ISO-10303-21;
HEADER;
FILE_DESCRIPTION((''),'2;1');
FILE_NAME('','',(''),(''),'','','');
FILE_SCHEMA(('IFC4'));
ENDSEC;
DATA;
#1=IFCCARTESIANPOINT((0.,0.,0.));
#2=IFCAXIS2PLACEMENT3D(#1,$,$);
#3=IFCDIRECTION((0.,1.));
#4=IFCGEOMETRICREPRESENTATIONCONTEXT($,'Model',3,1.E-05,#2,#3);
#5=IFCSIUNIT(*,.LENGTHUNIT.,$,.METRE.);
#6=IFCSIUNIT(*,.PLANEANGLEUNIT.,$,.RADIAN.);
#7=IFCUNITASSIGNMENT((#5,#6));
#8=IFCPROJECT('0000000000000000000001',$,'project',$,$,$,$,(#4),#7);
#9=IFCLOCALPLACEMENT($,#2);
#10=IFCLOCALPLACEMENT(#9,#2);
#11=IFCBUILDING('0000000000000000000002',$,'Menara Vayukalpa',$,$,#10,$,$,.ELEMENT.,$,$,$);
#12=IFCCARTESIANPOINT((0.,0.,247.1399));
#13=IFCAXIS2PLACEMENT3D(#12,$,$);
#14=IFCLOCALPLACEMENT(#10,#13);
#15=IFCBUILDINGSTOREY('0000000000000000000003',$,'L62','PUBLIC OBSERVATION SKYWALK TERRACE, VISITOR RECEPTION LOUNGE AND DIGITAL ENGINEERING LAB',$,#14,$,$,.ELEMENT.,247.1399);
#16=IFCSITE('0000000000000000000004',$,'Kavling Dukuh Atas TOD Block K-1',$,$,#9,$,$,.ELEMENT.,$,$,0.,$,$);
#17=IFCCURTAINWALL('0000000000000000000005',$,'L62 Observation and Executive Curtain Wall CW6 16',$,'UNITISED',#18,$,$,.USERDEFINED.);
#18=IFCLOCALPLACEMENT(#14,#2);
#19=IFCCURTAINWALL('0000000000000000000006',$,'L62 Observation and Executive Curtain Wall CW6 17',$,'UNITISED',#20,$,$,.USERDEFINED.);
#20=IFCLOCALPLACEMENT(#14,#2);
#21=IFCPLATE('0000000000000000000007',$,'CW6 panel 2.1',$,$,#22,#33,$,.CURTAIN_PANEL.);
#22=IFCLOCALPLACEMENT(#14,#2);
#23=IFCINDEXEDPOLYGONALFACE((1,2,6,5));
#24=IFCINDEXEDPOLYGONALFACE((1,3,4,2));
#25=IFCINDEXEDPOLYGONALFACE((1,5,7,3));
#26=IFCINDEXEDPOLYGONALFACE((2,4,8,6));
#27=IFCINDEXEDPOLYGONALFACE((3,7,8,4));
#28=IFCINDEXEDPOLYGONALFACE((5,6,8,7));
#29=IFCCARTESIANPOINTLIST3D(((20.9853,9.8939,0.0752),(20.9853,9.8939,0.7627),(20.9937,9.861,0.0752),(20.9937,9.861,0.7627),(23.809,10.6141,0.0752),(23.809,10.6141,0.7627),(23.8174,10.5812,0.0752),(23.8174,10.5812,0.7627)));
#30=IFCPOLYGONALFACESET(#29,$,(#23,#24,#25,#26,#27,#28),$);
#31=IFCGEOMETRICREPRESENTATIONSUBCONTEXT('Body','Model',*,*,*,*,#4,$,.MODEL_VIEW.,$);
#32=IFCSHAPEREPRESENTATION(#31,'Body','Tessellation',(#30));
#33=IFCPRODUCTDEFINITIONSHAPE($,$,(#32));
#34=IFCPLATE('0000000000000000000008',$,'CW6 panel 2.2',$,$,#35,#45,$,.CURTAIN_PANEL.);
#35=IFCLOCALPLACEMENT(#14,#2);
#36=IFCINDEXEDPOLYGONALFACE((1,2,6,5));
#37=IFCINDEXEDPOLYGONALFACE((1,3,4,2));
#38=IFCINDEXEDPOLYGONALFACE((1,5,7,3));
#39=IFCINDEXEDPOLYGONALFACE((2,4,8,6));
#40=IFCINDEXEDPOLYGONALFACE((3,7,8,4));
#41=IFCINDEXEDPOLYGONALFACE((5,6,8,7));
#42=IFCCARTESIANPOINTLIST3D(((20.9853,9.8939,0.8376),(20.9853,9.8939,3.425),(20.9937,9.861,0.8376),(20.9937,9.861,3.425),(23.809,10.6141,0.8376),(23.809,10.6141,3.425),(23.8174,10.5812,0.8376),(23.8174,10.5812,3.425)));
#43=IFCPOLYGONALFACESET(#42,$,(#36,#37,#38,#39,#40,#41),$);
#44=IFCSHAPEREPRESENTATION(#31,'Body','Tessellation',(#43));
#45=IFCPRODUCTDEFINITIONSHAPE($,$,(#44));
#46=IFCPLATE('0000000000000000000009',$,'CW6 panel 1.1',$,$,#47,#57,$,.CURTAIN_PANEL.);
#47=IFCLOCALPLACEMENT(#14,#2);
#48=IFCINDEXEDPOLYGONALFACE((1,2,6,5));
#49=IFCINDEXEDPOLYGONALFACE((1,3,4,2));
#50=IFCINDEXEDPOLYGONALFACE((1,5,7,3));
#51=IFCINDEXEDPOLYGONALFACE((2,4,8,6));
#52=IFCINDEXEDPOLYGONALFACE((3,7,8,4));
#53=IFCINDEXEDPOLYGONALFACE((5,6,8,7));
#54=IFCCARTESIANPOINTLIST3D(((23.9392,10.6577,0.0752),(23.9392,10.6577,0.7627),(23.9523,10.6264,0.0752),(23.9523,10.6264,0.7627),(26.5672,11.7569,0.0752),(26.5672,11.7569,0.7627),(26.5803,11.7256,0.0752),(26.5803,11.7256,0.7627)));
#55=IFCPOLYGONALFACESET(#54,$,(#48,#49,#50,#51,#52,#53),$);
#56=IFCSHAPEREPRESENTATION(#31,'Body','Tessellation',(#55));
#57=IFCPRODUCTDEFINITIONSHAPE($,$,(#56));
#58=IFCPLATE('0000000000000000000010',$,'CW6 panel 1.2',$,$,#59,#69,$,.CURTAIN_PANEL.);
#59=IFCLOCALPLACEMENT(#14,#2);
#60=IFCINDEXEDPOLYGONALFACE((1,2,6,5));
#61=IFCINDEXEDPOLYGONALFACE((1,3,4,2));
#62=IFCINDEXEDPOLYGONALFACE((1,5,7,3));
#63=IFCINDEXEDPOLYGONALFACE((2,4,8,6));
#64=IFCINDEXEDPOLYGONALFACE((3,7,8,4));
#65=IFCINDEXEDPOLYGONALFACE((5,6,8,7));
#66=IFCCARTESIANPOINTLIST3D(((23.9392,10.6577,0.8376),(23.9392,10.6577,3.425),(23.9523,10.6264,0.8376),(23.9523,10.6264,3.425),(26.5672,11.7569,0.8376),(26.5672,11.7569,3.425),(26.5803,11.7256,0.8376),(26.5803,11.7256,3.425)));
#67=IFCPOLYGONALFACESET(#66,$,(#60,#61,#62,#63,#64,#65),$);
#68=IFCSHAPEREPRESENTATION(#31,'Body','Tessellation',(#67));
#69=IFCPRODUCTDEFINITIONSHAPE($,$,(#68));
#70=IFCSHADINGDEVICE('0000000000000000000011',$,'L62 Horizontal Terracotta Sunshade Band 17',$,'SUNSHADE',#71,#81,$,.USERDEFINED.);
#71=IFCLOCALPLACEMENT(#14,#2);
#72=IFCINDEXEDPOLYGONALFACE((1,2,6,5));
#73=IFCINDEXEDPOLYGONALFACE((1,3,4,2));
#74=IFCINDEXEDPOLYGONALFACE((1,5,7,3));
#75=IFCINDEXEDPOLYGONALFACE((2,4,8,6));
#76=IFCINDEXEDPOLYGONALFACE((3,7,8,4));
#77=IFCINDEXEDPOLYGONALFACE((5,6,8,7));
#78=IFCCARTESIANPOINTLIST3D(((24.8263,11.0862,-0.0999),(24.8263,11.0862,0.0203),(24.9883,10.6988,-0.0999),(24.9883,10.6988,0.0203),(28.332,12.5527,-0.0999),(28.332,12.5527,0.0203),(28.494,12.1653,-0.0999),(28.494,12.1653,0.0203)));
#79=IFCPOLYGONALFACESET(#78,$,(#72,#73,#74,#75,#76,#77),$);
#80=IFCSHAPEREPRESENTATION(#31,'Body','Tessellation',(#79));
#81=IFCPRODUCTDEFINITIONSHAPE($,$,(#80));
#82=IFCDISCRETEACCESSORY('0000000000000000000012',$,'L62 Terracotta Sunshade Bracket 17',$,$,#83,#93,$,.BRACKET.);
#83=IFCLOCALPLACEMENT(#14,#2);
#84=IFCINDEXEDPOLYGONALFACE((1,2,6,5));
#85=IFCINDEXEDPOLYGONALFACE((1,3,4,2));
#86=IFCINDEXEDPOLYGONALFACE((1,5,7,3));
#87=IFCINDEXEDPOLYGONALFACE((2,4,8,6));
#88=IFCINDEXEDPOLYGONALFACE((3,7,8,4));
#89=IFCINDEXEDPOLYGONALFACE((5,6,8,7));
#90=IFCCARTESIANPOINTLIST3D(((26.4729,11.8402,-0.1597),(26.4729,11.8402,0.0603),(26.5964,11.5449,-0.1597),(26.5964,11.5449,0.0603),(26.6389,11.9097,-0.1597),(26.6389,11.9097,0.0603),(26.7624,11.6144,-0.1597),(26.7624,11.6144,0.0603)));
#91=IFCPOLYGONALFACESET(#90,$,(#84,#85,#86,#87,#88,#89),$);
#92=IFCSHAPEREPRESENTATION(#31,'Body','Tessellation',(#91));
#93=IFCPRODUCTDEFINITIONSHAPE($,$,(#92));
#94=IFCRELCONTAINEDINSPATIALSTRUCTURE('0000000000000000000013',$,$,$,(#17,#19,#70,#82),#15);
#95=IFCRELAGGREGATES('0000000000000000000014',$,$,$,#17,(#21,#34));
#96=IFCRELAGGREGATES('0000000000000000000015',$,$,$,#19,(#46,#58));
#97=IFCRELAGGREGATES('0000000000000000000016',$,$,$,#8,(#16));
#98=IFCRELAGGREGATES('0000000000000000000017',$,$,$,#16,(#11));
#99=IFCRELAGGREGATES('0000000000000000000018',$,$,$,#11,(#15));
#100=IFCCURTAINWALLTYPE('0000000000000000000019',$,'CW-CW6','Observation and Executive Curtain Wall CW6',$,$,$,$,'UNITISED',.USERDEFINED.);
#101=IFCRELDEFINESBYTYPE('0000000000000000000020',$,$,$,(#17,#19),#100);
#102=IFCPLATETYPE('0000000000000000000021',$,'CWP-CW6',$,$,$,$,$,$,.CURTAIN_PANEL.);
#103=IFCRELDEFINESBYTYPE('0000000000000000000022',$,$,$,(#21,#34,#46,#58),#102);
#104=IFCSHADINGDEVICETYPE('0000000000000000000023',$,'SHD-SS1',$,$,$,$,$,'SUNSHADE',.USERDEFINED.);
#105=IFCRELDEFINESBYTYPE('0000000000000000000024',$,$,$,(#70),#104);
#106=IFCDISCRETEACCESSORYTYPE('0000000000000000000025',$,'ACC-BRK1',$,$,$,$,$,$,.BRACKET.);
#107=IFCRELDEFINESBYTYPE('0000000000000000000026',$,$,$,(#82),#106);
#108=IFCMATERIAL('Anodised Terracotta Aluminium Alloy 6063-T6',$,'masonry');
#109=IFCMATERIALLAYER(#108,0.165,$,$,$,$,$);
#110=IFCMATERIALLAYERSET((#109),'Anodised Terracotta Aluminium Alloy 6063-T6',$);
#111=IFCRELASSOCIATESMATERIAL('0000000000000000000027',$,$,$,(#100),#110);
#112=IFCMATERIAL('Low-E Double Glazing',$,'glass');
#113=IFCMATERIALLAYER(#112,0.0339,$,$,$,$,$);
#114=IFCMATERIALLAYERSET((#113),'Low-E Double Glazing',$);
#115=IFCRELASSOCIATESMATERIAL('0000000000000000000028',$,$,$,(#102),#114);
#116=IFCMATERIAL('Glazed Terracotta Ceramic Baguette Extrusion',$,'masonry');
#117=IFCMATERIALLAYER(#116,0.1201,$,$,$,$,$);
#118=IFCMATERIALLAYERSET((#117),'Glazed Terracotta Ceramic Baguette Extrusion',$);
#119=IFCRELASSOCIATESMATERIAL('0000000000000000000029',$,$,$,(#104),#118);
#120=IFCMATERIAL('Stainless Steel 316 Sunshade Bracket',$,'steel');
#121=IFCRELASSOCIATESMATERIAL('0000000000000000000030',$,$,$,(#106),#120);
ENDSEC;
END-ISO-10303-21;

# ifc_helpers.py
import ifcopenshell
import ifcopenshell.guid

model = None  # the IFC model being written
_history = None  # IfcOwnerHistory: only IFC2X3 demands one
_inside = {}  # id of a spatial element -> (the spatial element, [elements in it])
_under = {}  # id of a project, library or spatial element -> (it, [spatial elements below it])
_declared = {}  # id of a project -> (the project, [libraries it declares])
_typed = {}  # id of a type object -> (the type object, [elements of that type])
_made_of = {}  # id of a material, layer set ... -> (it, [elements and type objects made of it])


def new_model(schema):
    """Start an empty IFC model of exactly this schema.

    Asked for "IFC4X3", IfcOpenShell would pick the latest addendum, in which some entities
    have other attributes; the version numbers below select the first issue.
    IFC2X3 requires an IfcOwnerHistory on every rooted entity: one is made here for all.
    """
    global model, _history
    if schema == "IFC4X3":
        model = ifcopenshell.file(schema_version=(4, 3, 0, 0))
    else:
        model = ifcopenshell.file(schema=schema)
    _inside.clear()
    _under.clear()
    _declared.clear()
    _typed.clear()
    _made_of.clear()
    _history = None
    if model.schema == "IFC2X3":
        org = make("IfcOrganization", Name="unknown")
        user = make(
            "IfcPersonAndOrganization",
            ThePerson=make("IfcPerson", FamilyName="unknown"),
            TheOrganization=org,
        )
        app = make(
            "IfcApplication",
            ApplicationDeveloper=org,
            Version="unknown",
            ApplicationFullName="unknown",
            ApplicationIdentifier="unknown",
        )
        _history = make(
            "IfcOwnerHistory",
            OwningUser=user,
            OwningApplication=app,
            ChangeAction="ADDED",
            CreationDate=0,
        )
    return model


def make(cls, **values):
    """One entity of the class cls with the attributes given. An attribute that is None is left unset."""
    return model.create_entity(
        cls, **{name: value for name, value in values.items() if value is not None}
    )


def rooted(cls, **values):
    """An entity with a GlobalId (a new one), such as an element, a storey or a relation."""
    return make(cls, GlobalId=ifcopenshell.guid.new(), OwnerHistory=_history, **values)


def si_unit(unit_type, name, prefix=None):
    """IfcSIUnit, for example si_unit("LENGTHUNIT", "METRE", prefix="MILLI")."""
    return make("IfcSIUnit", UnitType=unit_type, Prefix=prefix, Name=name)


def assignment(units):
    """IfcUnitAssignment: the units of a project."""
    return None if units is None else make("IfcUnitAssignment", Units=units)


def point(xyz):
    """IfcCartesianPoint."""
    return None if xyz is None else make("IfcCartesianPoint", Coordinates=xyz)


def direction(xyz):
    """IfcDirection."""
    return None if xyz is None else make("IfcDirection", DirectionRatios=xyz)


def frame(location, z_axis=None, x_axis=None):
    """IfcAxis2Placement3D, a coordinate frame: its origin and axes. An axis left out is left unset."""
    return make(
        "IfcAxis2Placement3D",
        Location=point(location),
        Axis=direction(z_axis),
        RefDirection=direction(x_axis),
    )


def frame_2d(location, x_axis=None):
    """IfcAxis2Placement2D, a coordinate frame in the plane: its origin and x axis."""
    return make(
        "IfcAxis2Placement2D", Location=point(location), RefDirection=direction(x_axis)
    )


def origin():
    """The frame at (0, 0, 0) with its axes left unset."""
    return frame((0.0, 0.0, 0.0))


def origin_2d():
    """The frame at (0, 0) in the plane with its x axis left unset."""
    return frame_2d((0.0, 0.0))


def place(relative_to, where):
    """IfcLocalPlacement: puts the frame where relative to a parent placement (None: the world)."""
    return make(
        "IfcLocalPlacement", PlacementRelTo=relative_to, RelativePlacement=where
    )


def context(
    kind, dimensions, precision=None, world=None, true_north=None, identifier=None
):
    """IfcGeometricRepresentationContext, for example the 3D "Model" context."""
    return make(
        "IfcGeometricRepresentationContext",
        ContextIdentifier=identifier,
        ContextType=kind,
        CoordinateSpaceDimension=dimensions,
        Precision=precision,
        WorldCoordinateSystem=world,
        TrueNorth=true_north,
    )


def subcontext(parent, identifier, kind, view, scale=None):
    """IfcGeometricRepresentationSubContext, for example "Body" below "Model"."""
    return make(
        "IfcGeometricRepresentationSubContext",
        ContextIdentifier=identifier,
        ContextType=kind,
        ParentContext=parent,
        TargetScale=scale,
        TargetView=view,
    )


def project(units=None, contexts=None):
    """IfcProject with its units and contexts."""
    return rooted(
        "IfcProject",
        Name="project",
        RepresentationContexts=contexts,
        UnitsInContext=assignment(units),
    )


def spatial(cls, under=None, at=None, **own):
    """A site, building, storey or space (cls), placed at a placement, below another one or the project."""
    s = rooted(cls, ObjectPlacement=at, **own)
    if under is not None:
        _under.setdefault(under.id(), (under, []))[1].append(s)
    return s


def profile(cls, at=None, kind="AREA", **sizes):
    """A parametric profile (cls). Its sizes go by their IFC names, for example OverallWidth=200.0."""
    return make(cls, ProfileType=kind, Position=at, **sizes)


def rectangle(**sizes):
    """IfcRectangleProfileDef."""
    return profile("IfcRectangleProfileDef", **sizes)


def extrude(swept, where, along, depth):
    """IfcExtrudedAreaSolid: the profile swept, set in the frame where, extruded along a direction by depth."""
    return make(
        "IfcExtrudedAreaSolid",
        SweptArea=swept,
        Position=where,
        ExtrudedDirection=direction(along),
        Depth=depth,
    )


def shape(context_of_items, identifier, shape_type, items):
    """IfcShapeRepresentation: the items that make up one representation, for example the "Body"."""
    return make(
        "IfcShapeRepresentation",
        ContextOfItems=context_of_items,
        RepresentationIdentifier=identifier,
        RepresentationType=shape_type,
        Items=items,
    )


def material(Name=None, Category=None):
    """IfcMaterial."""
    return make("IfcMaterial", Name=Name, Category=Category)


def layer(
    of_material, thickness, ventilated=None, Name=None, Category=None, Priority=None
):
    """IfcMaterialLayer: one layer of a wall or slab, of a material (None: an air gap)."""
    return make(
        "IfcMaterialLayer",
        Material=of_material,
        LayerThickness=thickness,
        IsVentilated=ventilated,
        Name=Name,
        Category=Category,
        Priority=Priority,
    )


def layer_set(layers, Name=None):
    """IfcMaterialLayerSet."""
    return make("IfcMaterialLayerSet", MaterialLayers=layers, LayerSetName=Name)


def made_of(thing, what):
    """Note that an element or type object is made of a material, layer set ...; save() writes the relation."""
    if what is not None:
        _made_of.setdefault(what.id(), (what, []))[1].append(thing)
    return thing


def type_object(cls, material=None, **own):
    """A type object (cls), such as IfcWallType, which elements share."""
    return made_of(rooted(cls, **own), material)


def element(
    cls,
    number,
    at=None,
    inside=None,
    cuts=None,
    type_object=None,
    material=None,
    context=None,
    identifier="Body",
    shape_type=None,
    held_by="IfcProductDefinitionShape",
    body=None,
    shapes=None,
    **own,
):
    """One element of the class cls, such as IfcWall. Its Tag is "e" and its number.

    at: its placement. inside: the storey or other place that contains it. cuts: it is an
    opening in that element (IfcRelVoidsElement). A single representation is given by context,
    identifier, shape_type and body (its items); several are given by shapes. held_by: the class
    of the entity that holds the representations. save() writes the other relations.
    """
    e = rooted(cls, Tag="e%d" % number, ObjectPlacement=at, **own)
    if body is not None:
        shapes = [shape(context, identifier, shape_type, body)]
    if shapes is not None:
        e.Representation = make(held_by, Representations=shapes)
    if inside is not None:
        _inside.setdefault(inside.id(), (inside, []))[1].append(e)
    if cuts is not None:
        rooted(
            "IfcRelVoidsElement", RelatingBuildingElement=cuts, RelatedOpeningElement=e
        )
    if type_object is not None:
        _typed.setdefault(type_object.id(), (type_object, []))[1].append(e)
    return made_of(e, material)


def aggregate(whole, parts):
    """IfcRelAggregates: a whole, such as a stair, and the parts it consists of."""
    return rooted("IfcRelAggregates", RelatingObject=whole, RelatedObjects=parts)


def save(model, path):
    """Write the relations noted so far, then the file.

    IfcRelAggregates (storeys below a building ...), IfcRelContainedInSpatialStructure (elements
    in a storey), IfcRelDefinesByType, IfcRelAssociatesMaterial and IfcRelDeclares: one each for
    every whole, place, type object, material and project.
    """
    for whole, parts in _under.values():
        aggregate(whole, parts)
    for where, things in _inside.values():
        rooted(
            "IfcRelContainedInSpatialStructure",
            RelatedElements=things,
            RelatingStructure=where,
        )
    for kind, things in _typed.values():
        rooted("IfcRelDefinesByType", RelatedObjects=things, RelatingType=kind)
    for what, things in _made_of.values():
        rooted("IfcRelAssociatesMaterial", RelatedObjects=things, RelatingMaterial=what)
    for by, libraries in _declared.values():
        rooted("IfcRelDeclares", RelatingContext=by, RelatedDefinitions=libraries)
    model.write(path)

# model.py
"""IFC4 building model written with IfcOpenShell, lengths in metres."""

from ifc_helpers import new_model, si_unit, direction, frame, origin, origin_2d, place, context, subcontext, project, spatial, rectangle, extrude, material, layer, layer_set, type_object, element, aggregate, save


model = new_model("IFC4")

# Units and contexts
model_context = context("Model", 3, precision=1e-05, world=origin(), true_north=direction((0.0, 1.0)))
body_context = subcontext(model_context, "Body", "Model", "MODEL_VIEW")
ifc_project = project(units=[si_unit("LENGTHUNIT", "METRE"), si_unit("PLANEANGLEUNIT", "RADIAN")], contexts=[model_context])

# Site, building, storey
site_placement = place(None, origin())
site = spatial("IfcSite", under=ifc_project, at=site_placement, Name="Kavling Dukuh Atas TOD Block K-1", CompositionType="ELEMENT", RefElevation=0.0)
building_placement = place(site_placement, origin())
building = spatial("IfcBuilding", under=site, at=building_placement, Name="Menara Vayukalpa", CompositionType="ELEMENT")
storey_placement = place(building_placement, frame((0.0, 0.0, 247.1399)))
storey = spatial("IfcBuildingStorey", under=building, at=storey_placement, Name="L62", Description="PUBLIC OBSERVATION SKYWALK TERRACE, VISITOR RECEPTION LOUNGE AND DIGITAL ENGINEERING LAB", CompositionType="ELEMENT", Elevation=247.1399)

# Curtain wall
ifc_material_1 = material(Name="Anodised Terracotta Aluminium Alloy 6063-T6", Category="masonry")
ifc_layer_1 = layer(ifc_material_1, 0.165)
ifc_layer_set_1 = layer_set([ifc_layer_1], Name="Anodised Terracotta Aluminium Alloy 6063-T6")
curtain_wall_type = type_object("IfcCurtainWallType", Name="CW-CW6", Description="Observation and Executive Curtain Wall CW6", ElementType="UNITISED", PredefinedType="USERDEFINED", material=ifc_layer_set_1)
curtain_wall_1_placement = place(storey_placement, origin())
curtain_wall_1 = element("IfcCurtainWall", 1, at=curtain_wall_1_placement, inside=storey, type_object=curtain_wall_type, Name="L62 Observation and Executive Curtain Wall CW6 16", ObjectType="UNITISED", PredefinedType="USERDEFINED")

# Curtain wall
curtain_wall_2_placement = place(storey_placement, origin())
curtain_wall_2 = element("IfcCurtainWall", 2, at=curtain_wall_2_placement, inside=storey, type_object=curtain_wall_type, Name="L62 Observation and Executive Curtain Wall CW6 17", ObjectType="UNITISED", PredefinedType="USERDEFINED")

# Plates
ifc_material_2 = material(Name="Low-E Double Glazing", Category="glass")
ifc_layer_2 = layer(ifc_material_2, 0.0339)
ifc_layer_set_2 = layer_set([ifc_layer_2], Name="Low-E Double Glazing")
plate_type = type_object("IfcPlateType", Name="CWP-CW6", PredefinedType="CURTAIN_PANEL", material=ifc_layer_set_2)
plate_1_placement = place(storey_placement, frame((22.4014, 10.2375, 0.0752), z_axis=(0.0, 0.0, 1.0), x_axis=(0.968983, 0.247127, 0.0)))
plate_1 = element("IfcPlate", 3, at=plate_1_placement, type_object=plate_type, Name="CW6 panel 2.1", PredefinedType="CURTAIN_PANEL", context=body_context, shape_type="SweptSolid", body=[
    extrude(rectangle(XDim=2.9141, YDim=0.0339, at=origin_2d()), origin(), (0.0, 0.0, 1.0), 0.6875),
])
plate_2_placement = place(storey_placement, frame((22.4014, 10.2375, 0.8376), z_axis=(0.0, 0.0, 1.0), x_axis=(0.968983, 0.247127, 0.0)))
plate_2 = element("IfcPlate", 4, at=plate_2_placement, type_object=plate_type, Name="CW6 panel 2.2", PredefinedType="CURTAIN_PANEL", context=body_context, shape_type="SweptSolid", body=[
    extrude(rectangle(XDim=2.9141, YDim=0.0339, at=origin_2d()), origin(), (0.0, 0.0, 1.0), 2.5874),
])
aggregate(curtain_wall_1, [plate_1, plate_2])
plate_3_placement = place(storey_placement, frame((25.2598, 11.1917, 0.0752), z_axis=(0.0, 0.0, 1.0), x_axis=(0.922541, 0.3859, 0.0)))
plate_3 = element("IfcPlate", 5, at=plate_3_placement, type_object=plate_type, Name="CW6 panel 1.1", PredefinedType="CURTAIN_PANEL", context=body_context, shape_type="SweptSolid", body=[
    extrude(rectangle(XDim=2.8486, YDim=0.0339, at=origin_2d()), origin(), (0.0, 0.0, 1.0), 0.6875),
])
plate_4_placement = place(storey_placement, frame((25.2598, 11.1917, 0.8376), z_axis=(0.0, 0.0, 1.0), x_axis=(0.922541, 0.3859, 0.0)))
plate_4 = element("IfcPlate", 6, at=plate_4_placement, type_object=plate_type, Name="CW6 panel 1.2", PredefinedType="CURTAIN_PANEL", context=body_context, shape_type="SweptSolid", body=[
    extrude(rectangle(XDim=2.8486, YDim=0.0339, at=origin_2d()), origin(), (0.0, 0.0, 1.0), 2.5874),
])
aggregate(curtain_wall_2, [plate_3, plate_4])

# Shading device
ifc_material_3 = material(Name="Glazed Terracotta Ceramic Baguette Extrusion", Category="masonry")
ifc_layer_3 = layer(ifc_material_3, 0.1201)
ifc_layer_set_3 = layer_set([ifc_layer_3], Name="Glazed Terracotta Ceramic Baguette Extrusion")
shading_device_type = type_object("IfcShadingDeviceType", Name="SHD-SS1", ElementType="SUNSHADE", PredefinedType="USERDEFINED", material=ifc_layer_set_3)
shading_device_placement = place(storey_placement, frame((26.6602, 11.6257, -0.0999), z_axis=(0.0, 0.0, 1.0), x_axis=(0.922538, 0.385906, 0.0)))
element("IfcShadingDevice", 7, at=shading_device_placement, inside=storey, type_object=shading_device_type, Name="L62 Horizontal Terracotta Sunshade Band 17", ObjectType="SUNSHADE", PredefinedType="USERDEFINED", context=body_context, shape_type="SweptSolid", body=[
    extrude(rectangle(XDim=3.8, YDim=0.4199, at=origin_2d()), origin(), (0.0, 0.0, 1.0), 0.1201),
])

# Discrete accessory
ifc_material_4 = material(Name="Stainless Steel 316 Sunshade Bracket", Category="steel")
discrete_accessory_type = type_object("IfcDiscreteAccessoryType", Name="ACC-BRK1", PredefinedType="BRACKET", material=ifc_material_4)
discrete_accessory_placement = place(storey_placement, frame((26.6177, 11.7273, -0.1597), z_axis=(0.0, 0.0, 1.0), x_axis=(0.922538, 0.385906, 0.0)))
element("IfcDiscreteAccessory", 8, at=discrete_accessory_placement, inside=storey, type_object=discrete_accessory_type, Name="L62 Terracotta Sunshade Bracket 17", PredefinedType="BRACKET", context=body_context, shape_type="SweptSolid", body=[
    extrude(rectangle(XDim=0.1799, YDim=0.3201, at=origin_2d()), origin(), (0.0, 0.0, 1.0), 0.22),
])

save(model, "model.ifc")
